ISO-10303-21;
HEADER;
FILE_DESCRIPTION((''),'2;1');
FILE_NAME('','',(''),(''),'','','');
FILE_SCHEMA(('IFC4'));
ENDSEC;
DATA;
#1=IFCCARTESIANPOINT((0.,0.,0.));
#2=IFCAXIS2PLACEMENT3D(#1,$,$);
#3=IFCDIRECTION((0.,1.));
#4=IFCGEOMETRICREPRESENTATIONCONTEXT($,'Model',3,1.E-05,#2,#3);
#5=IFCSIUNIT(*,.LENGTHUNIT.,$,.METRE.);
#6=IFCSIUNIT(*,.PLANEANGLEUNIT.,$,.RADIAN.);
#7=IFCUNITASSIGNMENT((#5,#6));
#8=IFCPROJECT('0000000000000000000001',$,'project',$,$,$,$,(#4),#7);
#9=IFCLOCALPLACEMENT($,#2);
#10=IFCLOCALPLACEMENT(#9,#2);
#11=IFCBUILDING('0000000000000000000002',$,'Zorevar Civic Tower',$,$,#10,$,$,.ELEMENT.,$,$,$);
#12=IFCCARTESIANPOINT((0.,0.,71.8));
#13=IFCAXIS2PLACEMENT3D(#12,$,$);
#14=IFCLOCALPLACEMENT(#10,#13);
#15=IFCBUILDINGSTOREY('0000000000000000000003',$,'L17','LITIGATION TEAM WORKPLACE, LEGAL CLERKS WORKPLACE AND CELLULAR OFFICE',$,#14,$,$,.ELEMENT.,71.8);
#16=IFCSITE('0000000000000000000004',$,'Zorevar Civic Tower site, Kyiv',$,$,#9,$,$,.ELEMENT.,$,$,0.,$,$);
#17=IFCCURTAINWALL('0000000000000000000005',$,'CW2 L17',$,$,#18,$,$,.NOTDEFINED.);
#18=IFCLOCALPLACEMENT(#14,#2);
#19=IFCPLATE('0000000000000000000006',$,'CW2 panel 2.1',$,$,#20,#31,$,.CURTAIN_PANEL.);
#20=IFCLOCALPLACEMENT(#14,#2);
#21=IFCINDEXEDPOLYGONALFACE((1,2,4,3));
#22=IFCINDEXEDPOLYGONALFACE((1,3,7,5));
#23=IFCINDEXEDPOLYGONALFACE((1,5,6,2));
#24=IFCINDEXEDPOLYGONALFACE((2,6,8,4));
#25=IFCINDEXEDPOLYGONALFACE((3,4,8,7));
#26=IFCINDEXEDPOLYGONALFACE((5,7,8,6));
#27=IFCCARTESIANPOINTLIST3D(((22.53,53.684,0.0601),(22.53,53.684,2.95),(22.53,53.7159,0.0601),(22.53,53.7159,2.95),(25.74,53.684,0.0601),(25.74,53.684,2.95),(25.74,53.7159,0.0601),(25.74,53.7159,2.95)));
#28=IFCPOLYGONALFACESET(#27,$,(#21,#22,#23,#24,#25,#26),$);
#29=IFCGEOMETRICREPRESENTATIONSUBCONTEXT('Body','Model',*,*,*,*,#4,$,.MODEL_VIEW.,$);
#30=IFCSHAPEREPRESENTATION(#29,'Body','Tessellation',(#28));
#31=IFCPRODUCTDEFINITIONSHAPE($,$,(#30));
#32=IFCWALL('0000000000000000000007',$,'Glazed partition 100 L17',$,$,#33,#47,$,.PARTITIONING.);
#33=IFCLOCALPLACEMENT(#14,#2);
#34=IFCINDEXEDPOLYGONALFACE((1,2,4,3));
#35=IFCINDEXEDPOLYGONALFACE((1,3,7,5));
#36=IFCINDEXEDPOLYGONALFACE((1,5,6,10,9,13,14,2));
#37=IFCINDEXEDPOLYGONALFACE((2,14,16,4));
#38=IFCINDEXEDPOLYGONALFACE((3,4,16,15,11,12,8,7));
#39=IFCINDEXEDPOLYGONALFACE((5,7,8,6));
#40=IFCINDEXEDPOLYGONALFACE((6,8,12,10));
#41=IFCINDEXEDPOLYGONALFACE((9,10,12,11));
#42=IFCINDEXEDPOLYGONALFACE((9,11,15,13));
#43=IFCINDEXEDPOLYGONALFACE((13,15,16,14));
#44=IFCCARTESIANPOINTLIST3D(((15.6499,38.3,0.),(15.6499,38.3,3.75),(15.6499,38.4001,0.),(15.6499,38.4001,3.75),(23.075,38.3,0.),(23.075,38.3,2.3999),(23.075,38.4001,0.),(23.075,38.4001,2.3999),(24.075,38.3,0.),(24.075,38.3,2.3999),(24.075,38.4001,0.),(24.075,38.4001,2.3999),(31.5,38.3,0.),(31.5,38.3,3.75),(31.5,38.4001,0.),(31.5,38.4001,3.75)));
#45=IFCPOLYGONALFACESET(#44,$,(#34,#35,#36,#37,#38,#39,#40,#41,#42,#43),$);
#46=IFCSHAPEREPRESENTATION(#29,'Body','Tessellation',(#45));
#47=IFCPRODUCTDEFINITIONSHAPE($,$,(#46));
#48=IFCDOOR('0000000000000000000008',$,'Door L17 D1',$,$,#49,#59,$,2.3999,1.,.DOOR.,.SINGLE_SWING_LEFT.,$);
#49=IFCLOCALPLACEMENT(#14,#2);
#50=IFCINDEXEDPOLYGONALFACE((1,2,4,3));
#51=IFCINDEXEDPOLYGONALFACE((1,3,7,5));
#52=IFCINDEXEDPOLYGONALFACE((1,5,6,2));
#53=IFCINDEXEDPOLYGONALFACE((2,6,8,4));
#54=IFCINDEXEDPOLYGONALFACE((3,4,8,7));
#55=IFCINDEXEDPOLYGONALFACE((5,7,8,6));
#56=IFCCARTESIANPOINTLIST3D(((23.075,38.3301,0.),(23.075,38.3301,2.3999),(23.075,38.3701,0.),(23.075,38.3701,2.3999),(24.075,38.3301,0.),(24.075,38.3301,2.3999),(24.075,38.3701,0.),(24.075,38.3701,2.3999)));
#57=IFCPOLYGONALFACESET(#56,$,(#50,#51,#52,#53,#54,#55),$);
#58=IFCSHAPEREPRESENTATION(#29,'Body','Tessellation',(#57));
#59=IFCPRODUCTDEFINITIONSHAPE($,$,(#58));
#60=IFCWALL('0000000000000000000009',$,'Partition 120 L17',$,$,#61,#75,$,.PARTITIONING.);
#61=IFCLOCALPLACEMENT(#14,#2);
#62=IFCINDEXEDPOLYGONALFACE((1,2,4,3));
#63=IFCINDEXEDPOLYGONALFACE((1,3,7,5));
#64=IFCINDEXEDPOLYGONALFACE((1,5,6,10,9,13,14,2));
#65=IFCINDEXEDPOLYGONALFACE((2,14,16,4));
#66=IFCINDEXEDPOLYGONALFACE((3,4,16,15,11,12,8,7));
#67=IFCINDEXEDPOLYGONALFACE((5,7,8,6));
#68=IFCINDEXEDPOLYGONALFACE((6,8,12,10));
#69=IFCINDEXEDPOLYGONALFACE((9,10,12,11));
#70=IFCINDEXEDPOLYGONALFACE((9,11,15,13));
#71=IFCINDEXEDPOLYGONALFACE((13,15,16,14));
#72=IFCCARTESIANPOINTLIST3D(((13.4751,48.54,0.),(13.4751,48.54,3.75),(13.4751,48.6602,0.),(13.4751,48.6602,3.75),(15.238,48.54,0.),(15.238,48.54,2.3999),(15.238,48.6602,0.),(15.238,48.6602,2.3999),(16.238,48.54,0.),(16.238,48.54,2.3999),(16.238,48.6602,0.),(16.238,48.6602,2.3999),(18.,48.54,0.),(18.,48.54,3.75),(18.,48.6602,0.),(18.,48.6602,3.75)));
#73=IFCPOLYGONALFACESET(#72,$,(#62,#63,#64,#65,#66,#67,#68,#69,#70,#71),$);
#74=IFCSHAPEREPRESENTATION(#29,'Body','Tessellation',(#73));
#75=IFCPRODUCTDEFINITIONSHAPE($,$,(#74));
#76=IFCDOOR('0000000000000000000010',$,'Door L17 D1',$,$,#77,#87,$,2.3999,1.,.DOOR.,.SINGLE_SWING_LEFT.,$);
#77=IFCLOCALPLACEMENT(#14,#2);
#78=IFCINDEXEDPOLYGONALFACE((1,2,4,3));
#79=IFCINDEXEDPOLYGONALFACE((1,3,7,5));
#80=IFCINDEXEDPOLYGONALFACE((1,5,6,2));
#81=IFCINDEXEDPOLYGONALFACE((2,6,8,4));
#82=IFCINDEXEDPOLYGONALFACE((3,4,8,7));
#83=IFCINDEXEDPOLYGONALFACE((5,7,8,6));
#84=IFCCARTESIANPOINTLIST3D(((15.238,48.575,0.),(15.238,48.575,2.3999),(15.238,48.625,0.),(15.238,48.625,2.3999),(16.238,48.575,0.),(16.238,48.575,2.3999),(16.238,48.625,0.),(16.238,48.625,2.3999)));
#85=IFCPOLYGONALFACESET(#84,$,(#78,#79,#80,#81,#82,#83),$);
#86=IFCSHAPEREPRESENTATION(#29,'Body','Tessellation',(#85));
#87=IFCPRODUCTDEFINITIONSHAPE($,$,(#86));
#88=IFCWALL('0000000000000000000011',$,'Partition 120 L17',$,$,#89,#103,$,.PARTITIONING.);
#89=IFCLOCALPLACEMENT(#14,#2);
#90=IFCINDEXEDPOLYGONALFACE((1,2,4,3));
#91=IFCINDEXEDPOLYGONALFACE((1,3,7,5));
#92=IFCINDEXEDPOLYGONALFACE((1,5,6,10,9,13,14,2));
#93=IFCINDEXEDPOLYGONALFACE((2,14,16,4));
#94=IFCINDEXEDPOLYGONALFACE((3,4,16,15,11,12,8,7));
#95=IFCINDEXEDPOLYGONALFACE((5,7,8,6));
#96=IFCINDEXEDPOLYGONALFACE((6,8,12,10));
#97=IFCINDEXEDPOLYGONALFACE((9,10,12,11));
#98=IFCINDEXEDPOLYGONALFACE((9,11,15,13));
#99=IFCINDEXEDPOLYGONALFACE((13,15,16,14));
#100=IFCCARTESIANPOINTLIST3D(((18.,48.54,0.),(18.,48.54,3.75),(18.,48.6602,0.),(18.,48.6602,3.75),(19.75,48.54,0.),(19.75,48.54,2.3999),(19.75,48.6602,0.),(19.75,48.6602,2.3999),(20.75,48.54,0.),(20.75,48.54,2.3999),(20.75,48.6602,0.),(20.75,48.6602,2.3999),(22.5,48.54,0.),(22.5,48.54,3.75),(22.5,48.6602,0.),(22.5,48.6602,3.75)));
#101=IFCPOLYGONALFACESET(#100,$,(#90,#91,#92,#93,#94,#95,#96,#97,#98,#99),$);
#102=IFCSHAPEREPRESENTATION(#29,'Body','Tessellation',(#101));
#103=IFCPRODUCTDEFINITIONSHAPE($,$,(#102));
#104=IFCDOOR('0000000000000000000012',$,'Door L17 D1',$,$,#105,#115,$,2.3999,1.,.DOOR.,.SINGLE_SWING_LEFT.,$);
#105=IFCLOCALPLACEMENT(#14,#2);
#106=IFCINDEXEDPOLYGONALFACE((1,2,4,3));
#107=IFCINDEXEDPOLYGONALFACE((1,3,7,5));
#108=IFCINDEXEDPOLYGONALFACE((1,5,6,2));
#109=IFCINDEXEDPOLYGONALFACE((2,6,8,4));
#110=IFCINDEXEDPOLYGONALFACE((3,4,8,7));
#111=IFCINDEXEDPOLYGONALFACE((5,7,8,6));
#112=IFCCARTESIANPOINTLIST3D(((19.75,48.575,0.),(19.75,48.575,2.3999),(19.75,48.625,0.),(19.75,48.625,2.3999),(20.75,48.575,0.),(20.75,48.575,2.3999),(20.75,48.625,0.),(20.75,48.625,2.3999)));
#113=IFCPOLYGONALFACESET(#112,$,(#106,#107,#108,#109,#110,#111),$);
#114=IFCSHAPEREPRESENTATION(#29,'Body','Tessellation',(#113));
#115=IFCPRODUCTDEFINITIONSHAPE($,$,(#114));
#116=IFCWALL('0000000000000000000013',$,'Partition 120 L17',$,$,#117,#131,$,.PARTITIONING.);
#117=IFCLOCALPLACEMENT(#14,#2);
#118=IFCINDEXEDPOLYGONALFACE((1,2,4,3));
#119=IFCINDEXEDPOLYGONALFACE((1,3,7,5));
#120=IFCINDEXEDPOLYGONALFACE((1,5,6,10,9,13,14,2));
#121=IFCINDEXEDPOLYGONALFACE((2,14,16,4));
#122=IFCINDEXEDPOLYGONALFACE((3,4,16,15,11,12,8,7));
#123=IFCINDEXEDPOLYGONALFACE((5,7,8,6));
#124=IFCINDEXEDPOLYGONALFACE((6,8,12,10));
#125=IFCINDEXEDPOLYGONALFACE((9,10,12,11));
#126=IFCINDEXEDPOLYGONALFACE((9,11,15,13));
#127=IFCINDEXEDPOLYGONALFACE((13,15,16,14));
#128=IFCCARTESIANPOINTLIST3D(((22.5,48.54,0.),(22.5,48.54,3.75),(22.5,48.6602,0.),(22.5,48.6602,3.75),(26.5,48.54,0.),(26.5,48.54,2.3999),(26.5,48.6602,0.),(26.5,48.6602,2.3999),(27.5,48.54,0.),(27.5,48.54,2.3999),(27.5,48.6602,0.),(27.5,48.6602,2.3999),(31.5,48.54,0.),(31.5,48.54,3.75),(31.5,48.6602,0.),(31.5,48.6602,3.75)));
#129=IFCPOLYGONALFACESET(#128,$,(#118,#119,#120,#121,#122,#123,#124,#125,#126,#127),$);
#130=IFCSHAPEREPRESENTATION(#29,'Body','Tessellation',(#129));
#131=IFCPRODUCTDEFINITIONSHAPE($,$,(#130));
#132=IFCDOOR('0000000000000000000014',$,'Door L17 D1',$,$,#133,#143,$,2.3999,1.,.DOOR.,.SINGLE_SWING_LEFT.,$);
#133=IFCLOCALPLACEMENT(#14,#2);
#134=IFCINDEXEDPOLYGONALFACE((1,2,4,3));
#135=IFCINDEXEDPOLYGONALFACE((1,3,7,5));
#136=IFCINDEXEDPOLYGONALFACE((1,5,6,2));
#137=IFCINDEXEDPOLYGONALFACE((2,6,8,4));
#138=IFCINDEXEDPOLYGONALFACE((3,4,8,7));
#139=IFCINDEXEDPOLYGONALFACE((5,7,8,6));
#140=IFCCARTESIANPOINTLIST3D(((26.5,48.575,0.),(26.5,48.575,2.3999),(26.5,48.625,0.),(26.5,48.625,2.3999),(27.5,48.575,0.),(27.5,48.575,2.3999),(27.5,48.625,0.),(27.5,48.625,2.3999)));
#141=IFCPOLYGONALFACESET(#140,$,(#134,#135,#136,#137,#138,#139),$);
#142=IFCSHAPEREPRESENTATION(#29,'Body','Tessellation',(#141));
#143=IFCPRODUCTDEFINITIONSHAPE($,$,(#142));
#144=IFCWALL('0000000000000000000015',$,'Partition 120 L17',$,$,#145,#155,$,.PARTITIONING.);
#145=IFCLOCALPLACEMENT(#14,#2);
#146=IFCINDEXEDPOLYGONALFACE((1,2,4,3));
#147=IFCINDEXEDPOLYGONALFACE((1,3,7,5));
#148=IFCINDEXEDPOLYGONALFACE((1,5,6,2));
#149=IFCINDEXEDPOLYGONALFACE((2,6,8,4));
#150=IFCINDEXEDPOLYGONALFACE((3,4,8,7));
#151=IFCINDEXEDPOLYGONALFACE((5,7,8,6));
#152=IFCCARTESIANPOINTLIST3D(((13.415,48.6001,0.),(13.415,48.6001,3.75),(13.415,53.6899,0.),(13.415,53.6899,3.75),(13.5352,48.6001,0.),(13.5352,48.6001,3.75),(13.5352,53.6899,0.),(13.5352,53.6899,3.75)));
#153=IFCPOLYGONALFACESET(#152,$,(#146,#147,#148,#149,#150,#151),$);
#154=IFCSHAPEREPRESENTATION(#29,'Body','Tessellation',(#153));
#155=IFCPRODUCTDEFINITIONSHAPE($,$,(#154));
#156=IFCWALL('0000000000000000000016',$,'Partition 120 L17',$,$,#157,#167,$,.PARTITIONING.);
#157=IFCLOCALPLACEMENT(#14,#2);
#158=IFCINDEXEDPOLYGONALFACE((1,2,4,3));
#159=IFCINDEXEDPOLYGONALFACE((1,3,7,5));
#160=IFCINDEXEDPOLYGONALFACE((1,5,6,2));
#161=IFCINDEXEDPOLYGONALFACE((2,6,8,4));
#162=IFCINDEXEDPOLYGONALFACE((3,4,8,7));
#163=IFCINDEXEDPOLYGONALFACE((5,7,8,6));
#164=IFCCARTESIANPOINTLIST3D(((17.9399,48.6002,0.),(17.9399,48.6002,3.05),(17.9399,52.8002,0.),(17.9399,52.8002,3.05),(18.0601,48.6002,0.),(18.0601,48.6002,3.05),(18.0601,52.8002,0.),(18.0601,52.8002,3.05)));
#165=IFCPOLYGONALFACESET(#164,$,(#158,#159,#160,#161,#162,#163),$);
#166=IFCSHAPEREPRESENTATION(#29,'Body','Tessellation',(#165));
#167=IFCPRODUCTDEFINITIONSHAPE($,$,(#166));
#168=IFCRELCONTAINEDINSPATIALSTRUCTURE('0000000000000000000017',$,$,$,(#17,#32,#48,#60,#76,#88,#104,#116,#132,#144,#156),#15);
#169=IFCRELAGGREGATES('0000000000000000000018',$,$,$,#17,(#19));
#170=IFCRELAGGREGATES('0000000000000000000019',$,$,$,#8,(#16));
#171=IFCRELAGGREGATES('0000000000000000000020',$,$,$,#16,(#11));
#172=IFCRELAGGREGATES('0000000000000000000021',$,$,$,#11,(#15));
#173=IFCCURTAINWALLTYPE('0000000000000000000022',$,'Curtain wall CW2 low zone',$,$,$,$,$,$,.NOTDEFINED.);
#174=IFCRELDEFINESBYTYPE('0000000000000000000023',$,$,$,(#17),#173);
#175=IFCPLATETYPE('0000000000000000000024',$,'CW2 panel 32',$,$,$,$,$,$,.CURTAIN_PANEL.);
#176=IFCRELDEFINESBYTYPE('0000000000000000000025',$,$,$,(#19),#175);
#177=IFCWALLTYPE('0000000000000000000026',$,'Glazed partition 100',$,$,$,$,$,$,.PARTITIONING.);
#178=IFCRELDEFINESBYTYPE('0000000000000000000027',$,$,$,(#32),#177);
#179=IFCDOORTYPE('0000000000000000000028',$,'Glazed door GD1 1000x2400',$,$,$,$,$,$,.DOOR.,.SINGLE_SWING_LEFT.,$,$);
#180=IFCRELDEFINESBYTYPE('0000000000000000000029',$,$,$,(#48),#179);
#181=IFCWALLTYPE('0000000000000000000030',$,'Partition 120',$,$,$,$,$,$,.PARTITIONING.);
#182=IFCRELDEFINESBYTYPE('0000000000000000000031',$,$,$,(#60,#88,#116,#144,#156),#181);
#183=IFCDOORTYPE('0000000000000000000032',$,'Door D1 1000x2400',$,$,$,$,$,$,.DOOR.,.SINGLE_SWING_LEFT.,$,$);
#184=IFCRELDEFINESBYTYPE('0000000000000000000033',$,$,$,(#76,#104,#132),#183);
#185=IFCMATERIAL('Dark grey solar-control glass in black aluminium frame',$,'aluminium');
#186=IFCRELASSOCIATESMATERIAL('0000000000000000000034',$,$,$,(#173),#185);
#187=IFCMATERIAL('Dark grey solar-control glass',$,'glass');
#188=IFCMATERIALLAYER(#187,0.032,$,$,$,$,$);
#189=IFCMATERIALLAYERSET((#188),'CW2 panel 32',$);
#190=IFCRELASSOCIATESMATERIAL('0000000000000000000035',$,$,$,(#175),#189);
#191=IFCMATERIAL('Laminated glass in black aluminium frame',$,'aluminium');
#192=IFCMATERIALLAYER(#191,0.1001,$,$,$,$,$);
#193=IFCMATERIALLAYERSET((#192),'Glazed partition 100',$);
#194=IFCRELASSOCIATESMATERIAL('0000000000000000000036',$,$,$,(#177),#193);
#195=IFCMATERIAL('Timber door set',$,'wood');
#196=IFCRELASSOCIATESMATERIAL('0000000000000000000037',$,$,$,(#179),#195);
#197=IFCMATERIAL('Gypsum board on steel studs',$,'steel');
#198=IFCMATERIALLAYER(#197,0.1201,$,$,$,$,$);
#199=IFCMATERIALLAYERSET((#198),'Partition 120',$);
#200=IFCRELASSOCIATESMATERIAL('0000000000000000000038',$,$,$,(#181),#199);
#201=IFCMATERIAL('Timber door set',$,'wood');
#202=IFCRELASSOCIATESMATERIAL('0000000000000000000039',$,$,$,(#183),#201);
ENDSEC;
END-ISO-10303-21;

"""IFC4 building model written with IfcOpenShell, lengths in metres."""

from ifc_helpers import new_model, si_unit, direction, frame, frame_2d, origin, origin_2d, place, context, subcontext, project, spatial, rectangle, extrude, material, layer, layer_set, type_object, element, fill, aggregate, save


model = new_model("IFC4")

# Units and contexts
model_context = context("Model", 3, precision=1e-05, world=origin(), true_north=direction((0.0, 1.0)))
body_context = subcontext(model_context, "Body", "Model", "MODEL_VIEW")
ifc_project = project(units=[si_unit("LENGTHUNIT", "METRE"), si_unit("PLANEANGLEUNIT", "RADIAN")], contexts=[model_context])

# Site, building, storey
site_placement = place(None, origin())
site = spatial("IfcSite", under=ifc_project, at=site_placement, Name="Zorevar Civic Tower site, Kyiv", CompositionType="ELEMENT", RefElevation=0.0)
building_placement = place(site_placement, origin())
building = spatial("IfcBuilding", under=site, at=building_placement, Name="Zorevar Civic Tower", CompositionType="ELEMENT")
storey_placement = place(building_placement, frame((0.0, 0.0, 71.8)))
storey = spatial("IfcBuildingStorey", under=building, at=storey_placement, Name="L17", Description="LITIGATION TEAM WORKPLACE, LEGAL CLERKS WORKPLACE AND CELLULAR OFFICE", CompositionType="ELEMENT", Elevation=71.8)

# Curtain wall
ifc_material_1 = material(Name="Dark grey solar-control glass in black aluminium frame", Category="aluminium")
curtain_wall_type = type_object("IfcCurtainWallType", Name="Curtain wall CW2 low zone", PredefinedType="NOTDEFINED", material=ifc_material_1)
curtain_wall_1_placement = place(storey_placement, origin())
curtain_wall_1 = element("IfcCurtainWall", 1, at=curtain_wall_1_placement, inside=storey, type_object=curtain_wall_type, Name="CW2 L17", PredefinedType="NOTDEFINED")

# Plate
ifc_material_2 = material(Name="Dark grey solar-control glass", Category="glass")
ifc_layer_1 = layer(ifc_material_2, 0.032)
ifc_layer_set_1 = layer_set([ifc_layer_1], Name="CW2 panel 32")
plate_type = type_object("IfcPlateType", Name="CW2 panel 32", PredefinedType="CURTAIN_PANEL", material=ifc_layer_set_1)
plate_1_placement = place(storey_placement, frame((24.135, 53.7, 0.0601), z_axis=(0.0, 0.0, 1.0), x_axis=(1.0, 0.0, 0.0)))
plate_1 = element("IfcPlate", 2, at=plate_1_placement, type_object=plate_type, Name="CW2 panel 2.1", PredefinedType="CURTAIN_PANEL", context=body_context, shape_type="SweptSolid", body=[
    extrude(rectangle(XDim=3.21, YDim=0.032, at=origin_2d()), origin(), (0.0, 0.0, 1.0), 2.8899),
])
aggregate(curtain_wall_1, [plate_1])

# Walls, openings, doors
ifc_material_3 = material(Name="Laminated glass in black aluminium frame", Category="aluminium")
ifc_layer_2 = layer(ifc_material_3, 0.1001)
ifc_layer_set_2 = layer_set([ifc_layer_2], Name="Glazed partition 100")
wall_type_1 = type_object("IfcWallType", Name="Glazed partition 100", PredefinedType="PARTITIONING", material=ifc_layer_set_2)
wall_1_placement = place(storey_placement, frame((15.6499, 38.3501, 0.0), z_axis=(0.0, 0.0, 1.0), x_axis=(1.0, 0.0, 0.0)))
wall_1 = element("IfcWall", 3, at=wall_1_placement, inside=storey, type_object=wall_type_1, Name="Glazed partition 100 L17", PredefinedType="PARTITIONING", context=body_context, shape_type="SweptSolid", body=[
    extrude(rectangle(XDim=15.8501, YDim=0.1001, at=frame_2d((7.925, 0.0))), origin(), (0.0, 0.0, 1.0), 3.75),
])
opening_1_placement = place(wall_1_placement, frame((7.425, 0.0, 0.0)))
opening_1 = element("IfcOpeningElement", 4, at=opening_1_placement, cuts=wall_1, PredefinedType="OPENING", context=body_context, shape_type="SweptSolid", body=[
    extrude(rectangle(XDim=1.0, YDim=2.3999, at=frame_2d((0.5, 1.2))), frame((0.0, 0.0601, 0.0), z_axis=(0.0, -1.0, 0.0), x_axis=(1.0, 0.0, 0.0)), (0.0, 0.0, 1.0), 0.1201),
])
ifc_material_4 = material(Name="Timber door set", Category="wood")
door_type_1 = type_object("IfcDoorType", Name="Glazed door GD1 1000x2400", OperationType="SINGLE_SWING_LEFT", PredefinedType="DOOR", material=ifc_material_4)
door_1_placement = place(opening_1_placement, origin())
door_1 = element("IfcDoor", 5, at=door_1_placement, inside=storey, type_object=door_type_1, Name="Door L17 D1", OperationType="SINGLE_SWING_LEFT", OverallHeight=2.3999, OverallWidth=1.0, PredefinedType="DOOR", context=body_context, shape_type="SweptSolid", body=[
    extrude(rectangle(XDim=1.0, YDim=2.3999, at=frame_2d((0.5, 1.2))), frame((0.0, 0.02, 0.0), z_axis=(0.0, -1.0, 0.0), x_axis=(1.0, 0.0, 0.0)), (0.0, 0.0, 1.0), 0.04),
])
fill(opening_1, door_1)
ifc_material_5 = material(Name="Gypsum board on steel studs", Category="steel")
ifc_layer_3 = layer(ifc_material_5, 0.1201)
ifc_layer_set_3 = layer_set([ifc_layer_3], Name="Partition 120")
wall_type_2 = type_object("IfcWallType", Name="Partition 120", PredefinedType="PARTITIONING", material=ifc_layer_set_3)
wall_2_placement = place(storey_placement, frame((13.4751, 48.6001, 0.0), z_axis=(0.0, 0.0, 1.0), x_axis=(1.0, 0.0, 0.0)))
wall_2 = element("IfcWall", 6, at=wall_2_placement, inside=storey, type_object=wall_type_2, Name="Partition 120 L17", PredefinedType="PARTITIONING", context=body_context, shape_type="SweptSolid", body=[
    extrude(rectangle(XDim=4.5249, YDim=0.1201, at=frame_2d((2.2625, 0.0))), origin(), (0.0, 0.0, 1.0), 3.75),
])
opening_2_placement = place(wall_2_placement, frame((1.7629, 0.0, 0.0)))
opening_2 = element("IfcOpeningElement", 7, at=opening_2_placement, cuts=wall_2, PredefinedType="OPENING", context=body_context, shape_type="SweptSolid", body=[
    extrude(rectangle(XDim=1.0, YDim=2.3999, at=frame_2d((0.5, 1.2))), frame((0.0, 0.0701, 0.0), z_axis=(0.0, -1.0, 0.0), x_axis=(1.0, 0.0, 0.0)), (0.0, 0.0, 1.0), 0.1401),
])
ifc_material_6 = material(Name="Timber door set", Category="wood")
door_type_2 = type_object("IfcDoorType", Name="Door D1 1000x2400", OperationType="SINGLE_SWING_LEFT", PredefinedType="DOOR", material=ifc_material_6)
door_2_placement = place(opening_2_placement, origin())
door_2 = element("IfcDoor", 8, at=door_2_placement, inside=storey, type_object=door_type_2, Name="Door L17 D1", OperationType="SINGLE_SWING_LEFT", OverallHeight=2.3999, OverallWidth=1.0, PredefinedType="DOOR", context=body_context, shape_type="SweptSolid", body=[
    extrude(rectangle(XDim=1.0, YDim=2.3999, at=frame_2d((0.5, 1.2))), frame((0.0, 0.0249, 0.0), z_axis=(0.0, -1.0, 0.0), x_axis=(1.0, 0.0, 0.0)), (0.0, 0.0, 1.0), 0.05),
])
fill(opening_2, door_2)
wall_3_placement = place(storey_placement, frame((18.0, 48.6001, 0.0), z_axis=(0.0, 0.0, 1.0), x_axis=(1.0, 0.0, 0.0)))
wall_3 = element("IfcWall", 9, at=wall_3_placement, inside=storey, type_object=wall_type_2, Name="Partition 120 L17", PredefinedType="PARTITIONING", context=body_context, shape_type="SweptSolid", body=[
    extrude(rectangle(XDim=4.5, YDim=0.1201, at=frame_2d((2.25, 0.0))), origin(), (0.0, 0.0, 1.0), 3.75),
])
opening_3_placement = place(wall_3_placement, frame((1.75, 0.0, 0.0)))
opening_3 = element("IfcOpeningElement", 10, at=opening_3_placement, cuts=wall_3, PredefinedType="OPENING", context=body_context, shape_type="SweptSolid", body=[
    extrude(rectangle(XDim=1.0, YDim=2.3999, at=frame_2d((0.5, 1.2))), frame((0.0, 0.0701, 0.0), z_axis=(0.0, -1.0, 0.0), x_axis=(1.0, 0.0, 0.0)), (0.0, 0.0, 1.0), 0.1401),
])
door_3_placement = place(opening_3_placement, origin())
door_3 = element("IfcDoor", 11, at=door_3_placement, inside=storey, type_object=door_type_2, Name="Door L17 D1", OperationType="SINGLE_SWING_LEFT", OverallHeight=2.3999, OverallWidth=1.0, PredefinedType="DOOR", context=body_context, shape_type="SweptSolid", body=[
    extrude(rectangle(XDim=1.0, YDim=2.3999, at=frame_2d((0.5, 1.2))), frame((0.0, 0.0249, 0.0), z_axis=(0.0, -1.0, 0.0), x_axis=(1.0, 0.0, 0.0)), (0.0, 0.0, 1.0), 0.05),
])
fill(opening_3, door_3)
wall_4_placement = place(storey_placement, frame((22.5, 48.6001, 0.0), z_axis=(0.0, 0.0, 1.0), x_axis=(1.0, 0.0, 0.0)))
wall_4 = element("IfcWall", 12, at=wall_4_placement, inside=storey, type_object=wall_type_2, Name="Partition 120 L17", PredefinedType="PARTITIONING", context=body_context, shape_type="SweptSolid", body=[
    extrude(rectangle(XDim=9.0, YDim=0.1201, at=frame_2d((4.5, 0.0))), origin(), (0.0, 0.0, 1.0), 3.75),
])
opening_4_placement = place(wall_4_placement, frame((4.0, 0.0, 0.0)))
opening_4 = element("IfcOpeningElement", 13, at=opening_4_placement, cuts=wall_4, PredefinedType="OPENING", context=body_context, shape_type="SweptSolid", body=[
    extrude(rectangle(XDim=1.0, YDim=2.3999, at=frame_2d((0.5, 1.2))), frame((0.0, 0.0701, 0.0), z_axis=(0.0, -1.0, 0.0), x_axis=(1.0, 0.0, 0.0)), (0.0, 0.0, 1.0), 0.1401),
])
door_4_placement = place(opening_4_placement, origin())
door_4 = element("IfcDoor", 14, at=door_4_placement, inside=storey, type_object=door_type_2, Name="Door L17 D1", OperationType="SINGLE_SWING_LEFT", OverallHeight=2.3999, OverallWidth=1.0, PredefinedType="DOOR", context=body_context, shape_type="SweptSolid", body=[
    extrude(rectangle(XDim=1.0, YDim=2.3999, at=frame_2d((0.5, 1.2))), frame((0.0, 0.0249, 0.0), z_axis=(0.0, -1.0, 0.0), x_axis=(1.0, 0.0, 0.0)), (0.0, 0.0, 1.0), 0.05),
])
fill(opening_4, door_4)

# Walls
wall_5_placement = place(storey_placement, frame((13.4751, 48.6001, 0.0), z_axis=(0.0, 0.0, 1.0), x_axis=(0.0, 1.0, 0.0)))
element("IfcWall", 15, at=wall_5_placement, inside=storey, type_object=wall_type_2, Name="Partition 120 L17", PredefinedType="PARTITIONING", context=body_context, shape_type="SweptSolid", body=[
    extrude(rectangle(XDim=5.0898, YDim=0.1201, at=frame_2d((2.5449, 0.0))), origin(), (0.0, 0.0, 1.0), 3.75),
])
wall_6_placement = place(storey_placement, frame((18.0, 48.6001, 0.0), z_axis=(0.0, 0.0, 1.0), x_axis=(0.0, 1.0, 0.0)))
element("IfcWall", 16, at=wall_6_placement, inside=storey, type_object=wall_type_2, Name="Partition 120 L17", PredefinedType="PARTITIONING", context=body_context, shape_type="SweptSolid", body=[
    extrude(rectangle(XDim=4.2, YDim=0.1201, at=frame_2d((2.1001, 0.0))), origin(), (0.0, 0.0, 1.0), 3.05),
])

save(model, "model.ifc")
